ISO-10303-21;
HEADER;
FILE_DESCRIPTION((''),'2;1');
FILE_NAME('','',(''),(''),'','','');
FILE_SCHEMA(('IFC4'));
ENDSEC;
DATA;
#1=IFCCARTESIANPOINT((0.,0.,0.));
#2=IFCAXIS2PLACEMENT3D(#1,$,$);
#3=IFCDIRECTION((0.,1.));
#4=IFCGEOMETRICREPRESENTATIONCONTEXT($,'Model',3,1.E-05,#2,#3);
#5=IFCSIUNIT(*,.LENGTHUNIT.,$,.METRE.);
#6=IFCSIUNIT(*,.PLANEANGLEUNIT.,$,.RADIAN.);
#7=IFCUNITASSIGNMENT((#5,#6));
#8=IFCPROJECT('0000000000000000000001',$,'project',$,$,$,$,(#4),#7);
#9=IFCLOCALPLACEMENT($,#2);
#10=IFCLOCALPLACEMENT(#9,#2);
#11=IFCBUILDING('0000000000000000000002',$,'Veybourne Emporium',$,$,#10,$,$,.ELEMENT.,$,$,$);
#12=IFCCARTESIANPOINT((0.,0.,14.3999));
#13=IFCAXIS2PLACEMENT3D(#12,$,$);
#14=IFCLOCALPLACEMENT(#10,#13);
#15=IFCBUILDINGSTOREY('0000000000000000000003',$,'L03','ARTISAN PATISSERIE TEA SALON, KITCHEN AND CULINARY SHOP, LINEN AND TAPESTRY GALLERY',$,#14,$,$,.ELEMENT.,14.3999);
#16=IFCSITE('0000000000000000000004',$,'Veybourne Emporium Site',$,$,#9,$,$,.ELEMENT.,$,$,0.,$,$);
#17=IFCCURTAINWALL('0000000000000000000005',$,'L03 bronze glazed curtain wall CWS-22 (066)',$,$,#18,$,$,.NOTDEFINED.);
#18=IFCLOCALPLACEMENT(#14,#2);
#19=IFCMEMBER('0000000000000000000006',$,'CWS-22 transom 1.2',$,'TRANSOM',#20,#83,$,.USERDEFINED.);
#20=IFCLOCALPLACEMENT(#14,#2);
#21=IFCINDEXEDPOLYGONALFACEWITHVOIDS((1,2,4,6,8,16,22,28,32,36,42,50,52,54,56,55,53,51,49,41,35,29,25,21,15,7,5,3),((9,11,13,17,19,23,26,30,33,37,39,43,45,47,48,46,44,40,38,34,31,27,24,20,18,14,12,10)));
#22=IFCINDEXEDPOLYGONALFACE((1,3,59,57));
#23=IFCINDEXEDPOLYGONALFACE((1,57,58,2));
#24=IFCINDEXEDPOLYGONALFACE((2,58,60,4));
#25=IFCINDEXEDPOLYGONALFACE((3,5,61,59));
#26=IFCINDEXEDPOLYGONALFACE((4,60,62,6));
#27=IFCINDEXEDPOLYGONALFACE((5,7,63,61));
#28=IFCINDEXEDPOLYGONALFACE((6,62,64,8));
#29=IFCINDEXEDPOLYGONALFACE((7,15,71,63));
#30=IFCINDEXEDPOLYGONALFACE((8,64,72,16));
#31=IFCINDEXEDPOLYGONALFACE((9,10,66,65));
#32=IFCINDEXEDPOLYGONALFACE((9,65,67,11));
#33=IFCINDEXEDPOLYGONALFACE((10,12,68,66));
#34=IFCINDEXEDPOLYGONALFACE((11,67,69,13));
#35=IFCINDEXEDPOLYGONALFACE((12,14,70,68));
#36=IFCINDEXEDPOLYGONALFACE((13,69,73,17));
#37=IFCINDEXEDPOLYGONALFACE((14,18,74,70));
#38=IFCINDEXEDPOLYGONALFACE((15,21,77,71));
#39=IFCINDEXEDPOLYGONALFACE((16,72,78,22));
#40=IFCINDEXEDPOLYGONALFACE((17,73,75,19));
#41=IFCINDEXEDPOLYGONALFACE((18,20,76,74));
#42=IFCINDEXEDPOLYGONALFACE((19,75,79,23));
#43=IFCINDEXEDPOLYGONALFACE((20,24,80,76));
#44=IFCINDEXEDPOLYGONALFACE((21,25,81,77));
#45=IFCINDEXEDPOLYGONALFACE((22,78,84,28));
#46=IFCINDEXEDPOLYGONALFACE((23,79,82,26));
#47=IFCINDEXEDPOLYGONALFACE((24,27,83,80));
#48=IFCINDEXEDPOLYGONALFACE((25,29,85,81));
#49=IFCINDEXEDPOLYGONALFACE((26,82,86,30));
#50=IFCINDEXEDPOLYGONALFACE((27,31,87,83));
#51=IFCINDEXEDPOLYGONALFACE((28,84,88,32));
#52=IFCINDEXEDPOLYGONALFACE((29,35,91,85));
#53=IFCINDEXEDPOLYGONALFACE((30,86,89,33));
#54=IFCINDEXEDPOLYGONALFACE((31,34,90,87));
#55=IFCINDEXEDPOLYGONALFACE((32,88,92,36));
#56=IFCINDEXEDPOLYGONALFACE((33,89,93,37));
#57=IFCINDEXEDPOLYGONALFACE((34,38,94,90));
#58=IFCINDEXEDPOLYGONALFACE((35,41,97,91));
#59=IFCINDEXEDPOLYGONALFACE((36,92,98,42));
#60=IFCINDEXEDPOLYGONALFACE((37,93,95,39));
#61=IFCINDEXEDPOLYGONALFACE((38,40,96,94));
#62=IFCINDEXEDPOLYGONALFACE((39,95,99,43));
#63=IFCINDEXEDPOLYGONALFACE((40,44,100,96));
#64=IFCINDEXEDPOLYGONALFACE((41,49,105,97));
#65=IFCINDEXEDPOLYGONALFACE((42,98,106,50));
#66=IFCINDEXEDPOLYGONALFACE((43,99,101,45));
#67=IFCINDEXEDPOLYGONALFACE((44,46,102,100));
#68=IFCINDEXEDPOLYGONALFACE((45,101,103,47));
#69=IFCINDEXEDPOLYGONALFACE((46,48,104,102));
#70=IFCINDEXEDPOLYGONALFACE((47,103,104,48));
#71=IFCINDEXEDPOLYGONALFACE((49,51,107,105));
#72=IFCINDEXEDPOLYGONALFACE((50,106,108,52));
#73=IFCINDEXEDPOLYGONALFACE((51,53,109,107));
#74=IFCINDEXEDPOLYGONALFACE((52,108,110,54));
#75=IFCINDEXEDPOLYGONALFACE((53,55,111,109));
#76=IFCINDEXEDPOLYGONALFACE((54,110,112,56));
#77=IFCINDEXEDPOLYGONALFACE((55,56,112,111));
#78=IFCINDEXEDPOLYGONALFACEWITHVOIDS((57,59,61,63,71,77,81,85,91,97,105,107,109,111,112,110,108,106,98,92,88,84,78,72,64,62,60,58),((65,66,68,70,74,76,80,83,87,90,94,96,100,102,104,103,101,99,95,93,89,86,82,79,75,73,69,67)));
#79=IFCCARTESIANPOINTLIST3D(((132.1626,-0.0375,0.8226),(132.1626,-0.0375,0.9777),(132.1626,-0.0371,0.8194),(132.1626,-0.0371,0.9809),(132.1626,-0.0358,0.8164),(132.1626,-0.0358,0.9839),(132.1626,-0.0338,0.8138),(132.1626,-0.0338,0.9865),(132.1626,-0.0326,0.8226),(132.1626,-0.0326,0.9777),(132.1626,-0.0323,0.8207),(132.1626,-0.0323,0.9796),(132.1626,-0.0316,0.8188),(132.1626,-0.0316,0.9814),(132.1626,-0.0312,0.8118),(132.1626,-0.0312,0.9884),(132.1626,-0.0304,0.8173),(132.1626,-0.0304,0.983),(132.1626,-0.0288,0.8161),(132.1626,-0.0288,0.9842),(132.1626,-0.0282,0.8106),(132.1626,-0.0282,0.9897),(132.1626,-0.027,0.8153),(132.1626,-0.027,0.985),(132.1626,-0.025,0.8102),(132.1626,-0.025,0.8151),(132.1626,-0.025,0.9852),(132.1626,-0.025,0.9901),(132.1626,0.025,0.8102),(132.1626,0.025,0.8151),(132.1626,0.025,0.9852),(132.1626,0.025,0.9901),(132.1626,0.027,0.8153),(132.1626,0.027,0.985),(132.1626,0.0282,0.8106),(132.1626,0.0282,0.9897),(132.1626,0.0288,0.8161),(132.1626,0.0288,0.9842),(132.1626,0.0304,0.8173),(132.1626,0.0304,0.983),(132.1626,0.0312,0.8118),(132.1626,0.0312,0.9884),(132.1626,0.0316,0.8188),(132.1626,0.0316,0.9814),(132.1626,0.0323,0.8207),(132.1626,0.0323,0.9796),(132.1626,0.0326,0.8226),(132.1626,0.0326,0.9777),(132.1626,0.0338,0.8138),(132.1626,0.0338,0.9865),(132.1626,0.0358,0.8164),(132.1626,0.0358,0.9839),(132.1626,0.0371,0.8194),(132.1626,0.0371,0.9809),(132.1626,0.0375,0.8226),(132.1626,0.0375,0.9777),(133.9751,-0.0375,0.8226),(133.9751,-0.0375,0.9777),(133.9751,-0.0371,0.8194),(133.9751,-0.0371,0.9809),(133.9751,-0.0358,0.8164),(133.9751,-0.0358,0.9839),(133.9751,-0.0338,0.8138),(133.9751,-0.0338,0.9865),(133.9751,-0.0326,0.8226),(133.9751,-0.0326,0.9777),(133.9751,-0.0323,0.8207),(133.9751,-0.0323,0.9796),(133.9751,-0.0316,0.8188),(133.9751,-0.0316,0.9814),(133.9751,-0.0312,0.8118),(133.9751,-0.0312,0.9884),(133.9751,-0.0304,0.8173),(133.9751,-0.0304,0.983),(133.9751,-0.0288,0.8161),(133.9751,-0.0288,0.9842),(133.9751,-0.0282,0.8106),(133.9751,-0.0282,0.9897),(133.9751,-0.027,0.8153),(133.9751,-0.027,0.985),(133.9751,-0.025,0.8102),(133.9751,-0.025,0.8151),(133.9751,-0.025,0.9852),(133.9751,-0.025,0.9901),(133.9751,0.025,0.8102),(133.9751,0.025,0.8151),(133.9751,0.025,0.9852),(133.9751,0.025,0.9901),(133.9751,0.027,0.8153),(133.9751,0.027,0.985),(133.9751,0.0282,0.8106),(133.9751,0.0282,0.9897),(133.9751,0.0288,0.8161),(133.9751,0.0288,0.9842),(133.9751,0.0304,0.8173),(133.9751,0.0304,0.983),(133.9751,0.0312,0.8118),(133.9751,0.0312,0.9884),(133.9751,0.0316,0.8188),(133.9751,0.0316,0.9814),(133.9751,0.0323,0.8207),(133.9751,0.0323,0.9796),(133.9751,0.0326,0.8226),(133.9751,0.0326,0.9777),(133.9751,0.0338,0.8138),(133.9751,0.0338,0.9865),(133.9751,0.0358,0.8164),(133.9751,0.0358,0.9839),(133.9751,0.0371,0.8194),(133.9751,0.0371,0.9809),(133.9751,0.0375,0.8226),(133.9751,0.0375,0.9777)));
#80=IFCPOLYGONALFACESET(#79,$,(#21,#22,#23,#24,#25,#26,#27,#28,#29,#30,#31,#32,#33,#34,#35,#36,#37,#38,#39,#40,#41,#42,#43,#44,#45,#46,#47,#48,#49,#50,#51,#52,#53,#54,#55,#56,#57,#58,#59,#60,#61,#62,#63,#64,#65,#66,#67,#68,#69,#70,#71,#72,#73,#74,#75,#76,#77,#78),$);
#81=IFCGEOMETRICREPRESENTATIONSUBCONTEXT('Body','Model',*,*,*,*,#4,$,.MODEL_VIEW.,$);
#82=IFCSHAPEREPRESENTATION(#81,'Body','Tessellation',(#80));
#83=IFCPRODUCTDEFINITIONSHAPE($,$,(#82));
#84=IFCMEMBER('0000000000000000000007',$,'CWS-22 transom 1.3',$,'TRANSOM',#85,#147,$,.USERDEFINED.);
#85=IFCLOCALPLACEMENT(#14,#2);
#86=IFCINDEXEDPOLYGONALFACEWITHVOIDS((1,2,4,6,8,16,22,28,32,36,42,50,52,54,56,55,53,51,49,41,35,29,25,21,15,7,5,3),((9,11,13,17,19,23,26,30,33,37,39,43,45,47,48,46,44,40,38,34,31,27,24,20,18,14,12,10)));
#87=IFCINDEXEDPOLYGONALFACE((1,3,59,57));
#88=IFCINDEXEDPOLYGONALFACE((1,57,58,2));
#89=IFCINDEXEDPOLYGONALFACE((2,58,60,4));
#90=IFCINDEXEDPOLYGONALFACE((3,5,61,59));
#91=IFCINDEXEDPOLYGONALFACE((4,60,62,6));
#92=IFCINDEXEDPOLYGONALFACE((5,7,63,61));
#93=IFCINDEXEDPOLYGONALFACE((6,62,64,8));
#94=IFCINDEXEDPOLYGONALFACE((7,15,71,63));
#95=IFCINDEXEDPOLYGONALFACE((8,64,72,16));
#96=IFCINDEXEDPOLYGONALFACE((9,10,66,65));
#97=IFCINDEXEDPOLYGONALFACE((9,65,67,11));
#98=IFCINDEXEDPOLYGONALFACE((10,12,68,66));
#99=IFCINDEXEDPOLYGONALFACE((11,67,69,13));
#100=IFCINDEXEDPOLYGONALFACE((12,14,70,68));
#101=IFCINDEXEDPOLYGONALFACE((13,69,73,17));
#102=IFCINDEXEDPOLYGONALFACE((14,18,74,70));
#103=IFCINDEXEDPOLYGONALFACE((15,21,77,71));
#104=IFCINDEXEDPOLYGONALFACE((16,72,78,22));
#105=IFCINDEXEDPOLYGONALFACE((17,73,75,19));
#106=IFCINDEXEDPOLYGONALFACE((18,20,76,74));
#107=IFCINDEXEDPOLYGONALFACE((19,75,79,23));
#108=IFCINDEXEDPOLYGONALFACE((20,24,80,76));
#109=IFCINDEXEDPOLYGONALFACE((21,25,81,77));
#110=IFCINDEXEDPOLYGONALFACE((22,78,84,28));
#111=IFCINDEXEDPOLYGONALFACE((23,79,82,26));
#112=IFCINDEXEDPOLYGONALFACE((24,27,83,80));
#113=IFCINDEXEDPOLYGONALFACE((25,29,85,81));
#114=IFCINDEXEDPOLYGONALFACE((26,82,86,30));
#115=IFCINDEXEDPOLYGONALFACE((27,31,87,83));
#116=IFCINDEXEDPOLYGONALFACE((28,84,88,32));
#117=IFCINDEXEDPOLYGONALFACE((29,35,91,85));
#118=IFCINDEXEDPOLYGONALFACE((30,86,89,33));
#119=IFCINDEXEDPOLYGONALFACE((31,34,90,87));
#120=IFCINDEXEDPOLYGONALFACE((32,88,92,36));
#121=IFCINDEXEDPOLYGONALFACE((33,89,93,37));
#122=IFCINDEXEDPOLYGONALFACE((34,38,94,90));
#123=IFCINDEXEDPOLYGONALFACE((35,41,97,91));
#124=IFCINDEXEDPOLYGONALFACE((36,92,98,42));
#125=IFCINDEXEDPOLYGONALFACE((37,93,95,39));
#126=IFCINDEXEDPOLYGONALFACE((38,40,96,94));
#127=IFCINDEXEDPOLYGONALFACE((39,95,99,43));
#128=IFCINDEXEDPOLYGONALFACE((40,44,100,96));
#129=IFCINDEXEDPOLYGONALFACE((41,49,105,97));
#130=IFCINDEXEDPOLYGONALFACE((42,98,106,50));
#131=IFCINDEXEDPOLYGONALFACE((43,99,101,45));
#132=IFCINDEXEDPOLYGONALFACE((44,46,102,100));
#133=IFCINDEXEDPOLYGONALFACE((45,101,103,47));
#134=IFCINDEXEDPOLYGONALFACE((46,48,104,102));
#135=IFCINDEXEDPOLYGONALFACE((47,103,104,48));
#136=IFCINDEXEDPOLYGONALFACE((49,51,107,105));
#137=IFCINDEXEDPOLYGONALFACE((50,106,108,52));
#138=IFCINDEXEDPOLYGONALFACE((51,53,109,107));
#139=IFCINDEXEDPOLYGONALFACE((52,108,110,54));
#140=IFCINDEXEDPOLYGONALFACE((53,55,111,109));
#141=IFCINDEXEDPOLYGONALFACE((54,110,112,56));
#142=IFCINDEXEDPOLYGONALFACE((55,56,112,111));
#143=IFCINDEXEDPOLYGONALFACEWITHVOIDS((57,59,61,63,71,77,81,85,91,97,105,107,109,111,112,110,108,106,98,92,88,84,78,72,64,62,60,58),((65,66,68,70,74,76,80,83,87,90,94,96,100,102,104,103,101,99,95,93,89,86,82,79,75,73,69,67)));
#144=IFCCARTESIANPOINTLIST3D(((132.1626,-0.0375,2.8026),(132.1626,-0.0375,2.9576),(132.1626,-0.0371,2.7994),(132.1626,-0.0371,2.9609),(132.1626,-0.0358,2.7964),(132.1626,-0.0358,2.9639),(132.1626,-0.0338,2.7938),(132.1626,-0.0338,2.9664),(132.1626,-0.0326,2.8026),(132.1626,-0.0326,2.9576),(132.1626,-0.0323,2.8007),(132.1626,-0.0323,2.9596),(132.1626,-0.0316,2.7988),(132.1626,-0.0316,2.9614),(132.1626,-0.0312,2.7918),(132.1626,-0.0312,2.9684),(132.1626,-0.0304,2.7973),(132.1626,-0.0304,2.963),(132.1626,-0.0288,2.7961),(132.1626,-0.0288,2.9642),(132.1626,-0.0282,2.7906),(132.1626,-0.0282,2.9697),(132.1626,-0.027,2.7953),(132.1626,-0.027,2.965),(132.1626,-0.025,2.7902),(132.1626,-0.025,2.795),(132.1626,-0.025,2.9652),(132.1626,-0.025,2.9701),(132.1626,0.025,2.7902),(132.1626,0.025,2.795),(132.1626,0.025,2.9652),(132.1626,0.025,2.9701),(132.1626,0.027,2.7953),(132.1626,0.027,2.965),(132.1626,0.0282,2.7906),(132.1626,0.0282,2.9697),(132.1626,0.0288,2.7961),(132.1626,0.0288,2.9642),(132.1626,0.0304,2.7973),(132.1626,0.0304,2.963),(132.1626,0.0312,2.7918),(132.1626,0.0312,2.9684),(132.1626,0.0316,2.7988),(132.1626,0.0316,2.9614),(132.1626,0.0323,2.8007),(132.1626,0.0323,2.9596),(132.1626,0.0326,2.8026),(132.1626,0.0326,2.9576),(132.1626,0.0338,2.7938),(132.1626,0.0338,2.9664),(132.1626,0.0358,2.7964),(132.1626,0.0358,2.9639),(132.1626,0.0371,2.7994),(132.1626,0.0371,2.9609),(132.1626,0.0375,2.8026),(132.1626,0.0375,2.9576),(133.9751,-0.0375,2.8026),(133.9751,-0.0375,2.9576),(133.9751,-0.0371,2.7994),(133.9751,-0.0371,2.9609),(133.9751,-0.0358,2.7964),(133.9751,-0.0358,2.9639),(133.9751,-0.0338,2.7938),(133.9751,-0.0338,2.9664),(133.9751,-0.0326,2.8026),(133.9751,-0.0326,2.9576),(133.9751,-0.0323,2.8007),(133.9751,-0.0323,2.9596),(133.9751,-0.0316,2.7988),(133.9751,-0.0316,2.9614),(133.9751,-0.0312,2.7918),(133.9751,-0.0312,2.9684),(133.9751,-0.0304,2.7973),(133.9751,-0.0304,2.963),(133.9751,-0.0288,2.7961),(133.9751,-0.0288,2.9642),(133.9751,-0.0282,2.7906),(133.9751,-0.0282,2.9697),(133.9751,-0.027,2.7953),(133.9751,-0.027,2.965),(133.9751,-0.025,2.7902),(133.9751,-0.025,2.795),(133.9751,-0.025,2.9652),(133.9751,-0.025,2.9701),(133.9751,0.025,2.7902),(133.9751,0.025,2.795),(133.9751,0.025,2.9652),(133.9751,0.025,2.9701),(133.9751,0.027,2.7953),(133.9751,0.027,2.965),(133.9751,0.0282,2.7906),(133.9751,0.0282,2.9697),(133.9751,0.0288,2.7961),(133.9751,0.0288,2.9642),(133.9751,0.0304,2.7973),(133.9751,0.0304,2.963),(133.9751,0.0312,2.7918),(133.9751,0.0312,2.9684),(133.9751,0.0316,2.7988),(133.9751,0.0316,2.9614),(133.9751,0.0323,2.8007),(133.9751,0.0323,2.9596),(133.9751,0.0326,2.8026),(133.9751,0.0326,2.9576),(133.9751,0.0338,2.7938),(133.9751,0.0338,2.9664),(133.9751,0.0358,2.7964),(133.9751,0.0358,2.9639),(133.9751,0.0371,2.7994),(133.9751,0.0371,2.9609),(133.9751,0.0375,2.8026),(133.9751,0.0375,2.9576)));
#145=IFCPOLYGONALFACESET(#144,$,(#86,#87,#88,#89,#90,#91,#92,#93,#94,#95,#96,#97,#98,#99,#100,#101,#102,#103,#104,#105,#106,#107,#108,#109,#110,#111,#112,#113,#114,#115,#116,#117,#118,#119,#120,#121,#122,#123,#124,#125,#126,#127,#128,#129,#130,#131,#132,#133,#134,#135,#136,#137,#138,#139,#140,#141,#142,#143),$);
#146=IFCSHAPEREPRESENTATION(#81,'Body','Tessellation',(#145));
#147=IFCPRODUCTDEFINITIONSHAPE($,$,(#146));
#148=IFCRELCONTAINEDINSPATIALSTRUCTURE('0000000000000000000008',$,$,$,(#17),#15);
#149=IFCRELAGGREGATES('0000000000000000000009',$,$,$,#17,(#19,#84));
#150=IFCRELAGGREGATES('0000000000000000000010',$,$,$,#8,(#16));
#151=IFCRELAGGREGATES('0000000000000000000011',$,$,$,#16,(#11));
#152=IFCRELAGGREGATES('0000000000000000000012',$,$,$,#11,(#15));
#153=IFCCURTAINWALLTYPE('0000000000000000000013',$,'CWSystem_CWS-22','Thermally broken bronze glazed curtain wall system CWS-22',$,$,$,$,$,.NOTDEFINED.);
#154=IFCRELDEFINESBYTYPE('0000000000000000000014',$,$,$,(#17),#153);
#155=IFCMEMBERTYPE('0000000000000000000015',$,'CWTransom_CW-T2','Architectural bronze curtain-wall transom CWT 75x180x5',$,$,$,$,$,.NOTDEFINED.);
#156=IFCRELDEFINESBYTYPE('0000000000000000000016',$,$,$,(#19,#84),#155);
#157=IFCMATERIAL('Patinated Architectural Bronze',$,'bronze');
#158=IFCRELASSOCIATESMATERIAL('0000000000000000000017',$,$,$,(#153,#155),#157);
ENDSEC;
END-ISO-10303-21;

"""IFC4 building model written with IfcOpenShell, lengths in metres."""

from ifc_helpers import new_model, si_unit, direction, frame, origin, origin_2d, place, context, subcontext, project, spatial, hollow_rectangle, extrude, material, material_profile, profile_set, type_object, element, aggregate, save


model = new_model("IFC4")

# Units and contexts
model_context = context("Model", 3, precision=1e-05, world=origin(), true_north=direction((0.0, 1.0)))
body_context = subcontext(model_context, "Body", "Model", "MODEL_VIEW")
ifc_project = project(units=[si_unit("LENGTHUNIT", "METRE"), si_unit("PLANEANGLEUNIT", "RADIAN")], contexts=[model_context])

# Site, building, storey
site_placement = place(None, origin())
site = spatial("IfcSite", under=ifc_project, at=site_placement, Name="Veybourne Emporium Site", CompositionType="ELEMENT", RefElevation=0.0)
building_placement = place(site_placement, origin())
building = spatial("IfcBuilding", under=site, at=building_placement, Name="Veybourne Emporium", CompositionType="ELEMENT")
storey_placement = place(building_placement, frame((0.0, 0.0, 14.3999)))
storey = spatial("IfcBuildingStorey", under=building, at=storey_placement, Name="L03", Description="ARTISAN PATISSERIE TEA SALON, KITCHEN AND CULINARY SHOP, LINEN AND TAPESTRY GALLERY", CompositionType="ELEMENT", Elevation=14.3999)

# Curtain wall
ifc_material_1 = material(Name="Patinated Architectural Bronze", Category="bronze")
curtain_wall_type_1 = type_object("IfcCurtainWallType", Name="CWSystem_CWS-22", Description="Thermally broken bronze glazed curtain wall system CWS-22", PredefinedType="NOTDEFINED", material=ifc_material_1)
curtain_wall_1_placement = place(storey_placement, origin())
curtain_wall_1 = element("IfcCurtainWall", 1, at=curtain_wall_1_placement, inside=storey, type_object=curtain_wall_type_1, Name="L03 bronze glazed curtain wall CWS-22 (066)", PredefinedType="NOTDEFINED")

# Members
ifc_material_profile_1 = material_profile(ifc_material_1, hollow_rectangle(XDim=0.075, YDim=0.1799, WallThickness=0.0049, InnerFilletRadius=0.0076, OuterFilletRadius=0.0125, at=origin_2d()), Name="CWT 75x180x5")
ifc_profile_set_1 = profile_set([ifc_material_profile_1], Name="Patinated Architectural Bronze")
member_type_1 = type_object("IfcMemberType", Name="CWTransom_CW-T2", Description="Architectural bronze curtain-wall transom CWT 75x180x5", PredefinedType="NOTDEFINED", material=ifc_profile_set_1)
member_1_placement = place(storey_placement, frame((133.9751, 0.0, 0.9001), z_axis=(-1.0, 0.0, 0.0), x_axis=(0.0, -1.0, 0.0)))
member_1 = element("IfcMember", 2, at=member_1_placement, type_object=member_type_1, Name="CWS-22 transom 1.2", ObjectType="TRANSOM", PredefinedType="USERDEFINED", context=body_context, shape_type="SweptSolid", body=[
    extrude(hollow_rectangle(XDim=0.075, YDim=0.1799, WallThickness=0.0049, InnerFilletRadius=0.0076, OuterFilletRadius=0.0125, at=origin_2d()), origin(), (0.0, 0.0, 1.0), 1.8125),
])
member_2_placement = place(storey_placement, frame((133.9751, 0.0, 2.8801), z_axis=(-1.0, 0.0, 0.0), x_axis=(0.0, -1.0, 0.0)))
member_2 = element("IfcMember", 3, at=member_2_placement, type_object=member_type_1, Name="CWS-22 transom 1.3", ObjectType="TRANSOM", PredefinedType="USERDEFINED", context=body_context, shape_type="SweptSolid", body=[
    extrude(hollow_rectangle(XDim=0.075, YDim=0.1799, WallThickness=0.0049, InnerFilletRadius=0.0076, OuterFilletRadius=0.0125, at=origin_2d()), origin(), (0.0, 0.0, 1.0), 1.8125),
])

aggregate(curtain_wall_1, [member_1, member_2])

save(model, "model.ifc")
